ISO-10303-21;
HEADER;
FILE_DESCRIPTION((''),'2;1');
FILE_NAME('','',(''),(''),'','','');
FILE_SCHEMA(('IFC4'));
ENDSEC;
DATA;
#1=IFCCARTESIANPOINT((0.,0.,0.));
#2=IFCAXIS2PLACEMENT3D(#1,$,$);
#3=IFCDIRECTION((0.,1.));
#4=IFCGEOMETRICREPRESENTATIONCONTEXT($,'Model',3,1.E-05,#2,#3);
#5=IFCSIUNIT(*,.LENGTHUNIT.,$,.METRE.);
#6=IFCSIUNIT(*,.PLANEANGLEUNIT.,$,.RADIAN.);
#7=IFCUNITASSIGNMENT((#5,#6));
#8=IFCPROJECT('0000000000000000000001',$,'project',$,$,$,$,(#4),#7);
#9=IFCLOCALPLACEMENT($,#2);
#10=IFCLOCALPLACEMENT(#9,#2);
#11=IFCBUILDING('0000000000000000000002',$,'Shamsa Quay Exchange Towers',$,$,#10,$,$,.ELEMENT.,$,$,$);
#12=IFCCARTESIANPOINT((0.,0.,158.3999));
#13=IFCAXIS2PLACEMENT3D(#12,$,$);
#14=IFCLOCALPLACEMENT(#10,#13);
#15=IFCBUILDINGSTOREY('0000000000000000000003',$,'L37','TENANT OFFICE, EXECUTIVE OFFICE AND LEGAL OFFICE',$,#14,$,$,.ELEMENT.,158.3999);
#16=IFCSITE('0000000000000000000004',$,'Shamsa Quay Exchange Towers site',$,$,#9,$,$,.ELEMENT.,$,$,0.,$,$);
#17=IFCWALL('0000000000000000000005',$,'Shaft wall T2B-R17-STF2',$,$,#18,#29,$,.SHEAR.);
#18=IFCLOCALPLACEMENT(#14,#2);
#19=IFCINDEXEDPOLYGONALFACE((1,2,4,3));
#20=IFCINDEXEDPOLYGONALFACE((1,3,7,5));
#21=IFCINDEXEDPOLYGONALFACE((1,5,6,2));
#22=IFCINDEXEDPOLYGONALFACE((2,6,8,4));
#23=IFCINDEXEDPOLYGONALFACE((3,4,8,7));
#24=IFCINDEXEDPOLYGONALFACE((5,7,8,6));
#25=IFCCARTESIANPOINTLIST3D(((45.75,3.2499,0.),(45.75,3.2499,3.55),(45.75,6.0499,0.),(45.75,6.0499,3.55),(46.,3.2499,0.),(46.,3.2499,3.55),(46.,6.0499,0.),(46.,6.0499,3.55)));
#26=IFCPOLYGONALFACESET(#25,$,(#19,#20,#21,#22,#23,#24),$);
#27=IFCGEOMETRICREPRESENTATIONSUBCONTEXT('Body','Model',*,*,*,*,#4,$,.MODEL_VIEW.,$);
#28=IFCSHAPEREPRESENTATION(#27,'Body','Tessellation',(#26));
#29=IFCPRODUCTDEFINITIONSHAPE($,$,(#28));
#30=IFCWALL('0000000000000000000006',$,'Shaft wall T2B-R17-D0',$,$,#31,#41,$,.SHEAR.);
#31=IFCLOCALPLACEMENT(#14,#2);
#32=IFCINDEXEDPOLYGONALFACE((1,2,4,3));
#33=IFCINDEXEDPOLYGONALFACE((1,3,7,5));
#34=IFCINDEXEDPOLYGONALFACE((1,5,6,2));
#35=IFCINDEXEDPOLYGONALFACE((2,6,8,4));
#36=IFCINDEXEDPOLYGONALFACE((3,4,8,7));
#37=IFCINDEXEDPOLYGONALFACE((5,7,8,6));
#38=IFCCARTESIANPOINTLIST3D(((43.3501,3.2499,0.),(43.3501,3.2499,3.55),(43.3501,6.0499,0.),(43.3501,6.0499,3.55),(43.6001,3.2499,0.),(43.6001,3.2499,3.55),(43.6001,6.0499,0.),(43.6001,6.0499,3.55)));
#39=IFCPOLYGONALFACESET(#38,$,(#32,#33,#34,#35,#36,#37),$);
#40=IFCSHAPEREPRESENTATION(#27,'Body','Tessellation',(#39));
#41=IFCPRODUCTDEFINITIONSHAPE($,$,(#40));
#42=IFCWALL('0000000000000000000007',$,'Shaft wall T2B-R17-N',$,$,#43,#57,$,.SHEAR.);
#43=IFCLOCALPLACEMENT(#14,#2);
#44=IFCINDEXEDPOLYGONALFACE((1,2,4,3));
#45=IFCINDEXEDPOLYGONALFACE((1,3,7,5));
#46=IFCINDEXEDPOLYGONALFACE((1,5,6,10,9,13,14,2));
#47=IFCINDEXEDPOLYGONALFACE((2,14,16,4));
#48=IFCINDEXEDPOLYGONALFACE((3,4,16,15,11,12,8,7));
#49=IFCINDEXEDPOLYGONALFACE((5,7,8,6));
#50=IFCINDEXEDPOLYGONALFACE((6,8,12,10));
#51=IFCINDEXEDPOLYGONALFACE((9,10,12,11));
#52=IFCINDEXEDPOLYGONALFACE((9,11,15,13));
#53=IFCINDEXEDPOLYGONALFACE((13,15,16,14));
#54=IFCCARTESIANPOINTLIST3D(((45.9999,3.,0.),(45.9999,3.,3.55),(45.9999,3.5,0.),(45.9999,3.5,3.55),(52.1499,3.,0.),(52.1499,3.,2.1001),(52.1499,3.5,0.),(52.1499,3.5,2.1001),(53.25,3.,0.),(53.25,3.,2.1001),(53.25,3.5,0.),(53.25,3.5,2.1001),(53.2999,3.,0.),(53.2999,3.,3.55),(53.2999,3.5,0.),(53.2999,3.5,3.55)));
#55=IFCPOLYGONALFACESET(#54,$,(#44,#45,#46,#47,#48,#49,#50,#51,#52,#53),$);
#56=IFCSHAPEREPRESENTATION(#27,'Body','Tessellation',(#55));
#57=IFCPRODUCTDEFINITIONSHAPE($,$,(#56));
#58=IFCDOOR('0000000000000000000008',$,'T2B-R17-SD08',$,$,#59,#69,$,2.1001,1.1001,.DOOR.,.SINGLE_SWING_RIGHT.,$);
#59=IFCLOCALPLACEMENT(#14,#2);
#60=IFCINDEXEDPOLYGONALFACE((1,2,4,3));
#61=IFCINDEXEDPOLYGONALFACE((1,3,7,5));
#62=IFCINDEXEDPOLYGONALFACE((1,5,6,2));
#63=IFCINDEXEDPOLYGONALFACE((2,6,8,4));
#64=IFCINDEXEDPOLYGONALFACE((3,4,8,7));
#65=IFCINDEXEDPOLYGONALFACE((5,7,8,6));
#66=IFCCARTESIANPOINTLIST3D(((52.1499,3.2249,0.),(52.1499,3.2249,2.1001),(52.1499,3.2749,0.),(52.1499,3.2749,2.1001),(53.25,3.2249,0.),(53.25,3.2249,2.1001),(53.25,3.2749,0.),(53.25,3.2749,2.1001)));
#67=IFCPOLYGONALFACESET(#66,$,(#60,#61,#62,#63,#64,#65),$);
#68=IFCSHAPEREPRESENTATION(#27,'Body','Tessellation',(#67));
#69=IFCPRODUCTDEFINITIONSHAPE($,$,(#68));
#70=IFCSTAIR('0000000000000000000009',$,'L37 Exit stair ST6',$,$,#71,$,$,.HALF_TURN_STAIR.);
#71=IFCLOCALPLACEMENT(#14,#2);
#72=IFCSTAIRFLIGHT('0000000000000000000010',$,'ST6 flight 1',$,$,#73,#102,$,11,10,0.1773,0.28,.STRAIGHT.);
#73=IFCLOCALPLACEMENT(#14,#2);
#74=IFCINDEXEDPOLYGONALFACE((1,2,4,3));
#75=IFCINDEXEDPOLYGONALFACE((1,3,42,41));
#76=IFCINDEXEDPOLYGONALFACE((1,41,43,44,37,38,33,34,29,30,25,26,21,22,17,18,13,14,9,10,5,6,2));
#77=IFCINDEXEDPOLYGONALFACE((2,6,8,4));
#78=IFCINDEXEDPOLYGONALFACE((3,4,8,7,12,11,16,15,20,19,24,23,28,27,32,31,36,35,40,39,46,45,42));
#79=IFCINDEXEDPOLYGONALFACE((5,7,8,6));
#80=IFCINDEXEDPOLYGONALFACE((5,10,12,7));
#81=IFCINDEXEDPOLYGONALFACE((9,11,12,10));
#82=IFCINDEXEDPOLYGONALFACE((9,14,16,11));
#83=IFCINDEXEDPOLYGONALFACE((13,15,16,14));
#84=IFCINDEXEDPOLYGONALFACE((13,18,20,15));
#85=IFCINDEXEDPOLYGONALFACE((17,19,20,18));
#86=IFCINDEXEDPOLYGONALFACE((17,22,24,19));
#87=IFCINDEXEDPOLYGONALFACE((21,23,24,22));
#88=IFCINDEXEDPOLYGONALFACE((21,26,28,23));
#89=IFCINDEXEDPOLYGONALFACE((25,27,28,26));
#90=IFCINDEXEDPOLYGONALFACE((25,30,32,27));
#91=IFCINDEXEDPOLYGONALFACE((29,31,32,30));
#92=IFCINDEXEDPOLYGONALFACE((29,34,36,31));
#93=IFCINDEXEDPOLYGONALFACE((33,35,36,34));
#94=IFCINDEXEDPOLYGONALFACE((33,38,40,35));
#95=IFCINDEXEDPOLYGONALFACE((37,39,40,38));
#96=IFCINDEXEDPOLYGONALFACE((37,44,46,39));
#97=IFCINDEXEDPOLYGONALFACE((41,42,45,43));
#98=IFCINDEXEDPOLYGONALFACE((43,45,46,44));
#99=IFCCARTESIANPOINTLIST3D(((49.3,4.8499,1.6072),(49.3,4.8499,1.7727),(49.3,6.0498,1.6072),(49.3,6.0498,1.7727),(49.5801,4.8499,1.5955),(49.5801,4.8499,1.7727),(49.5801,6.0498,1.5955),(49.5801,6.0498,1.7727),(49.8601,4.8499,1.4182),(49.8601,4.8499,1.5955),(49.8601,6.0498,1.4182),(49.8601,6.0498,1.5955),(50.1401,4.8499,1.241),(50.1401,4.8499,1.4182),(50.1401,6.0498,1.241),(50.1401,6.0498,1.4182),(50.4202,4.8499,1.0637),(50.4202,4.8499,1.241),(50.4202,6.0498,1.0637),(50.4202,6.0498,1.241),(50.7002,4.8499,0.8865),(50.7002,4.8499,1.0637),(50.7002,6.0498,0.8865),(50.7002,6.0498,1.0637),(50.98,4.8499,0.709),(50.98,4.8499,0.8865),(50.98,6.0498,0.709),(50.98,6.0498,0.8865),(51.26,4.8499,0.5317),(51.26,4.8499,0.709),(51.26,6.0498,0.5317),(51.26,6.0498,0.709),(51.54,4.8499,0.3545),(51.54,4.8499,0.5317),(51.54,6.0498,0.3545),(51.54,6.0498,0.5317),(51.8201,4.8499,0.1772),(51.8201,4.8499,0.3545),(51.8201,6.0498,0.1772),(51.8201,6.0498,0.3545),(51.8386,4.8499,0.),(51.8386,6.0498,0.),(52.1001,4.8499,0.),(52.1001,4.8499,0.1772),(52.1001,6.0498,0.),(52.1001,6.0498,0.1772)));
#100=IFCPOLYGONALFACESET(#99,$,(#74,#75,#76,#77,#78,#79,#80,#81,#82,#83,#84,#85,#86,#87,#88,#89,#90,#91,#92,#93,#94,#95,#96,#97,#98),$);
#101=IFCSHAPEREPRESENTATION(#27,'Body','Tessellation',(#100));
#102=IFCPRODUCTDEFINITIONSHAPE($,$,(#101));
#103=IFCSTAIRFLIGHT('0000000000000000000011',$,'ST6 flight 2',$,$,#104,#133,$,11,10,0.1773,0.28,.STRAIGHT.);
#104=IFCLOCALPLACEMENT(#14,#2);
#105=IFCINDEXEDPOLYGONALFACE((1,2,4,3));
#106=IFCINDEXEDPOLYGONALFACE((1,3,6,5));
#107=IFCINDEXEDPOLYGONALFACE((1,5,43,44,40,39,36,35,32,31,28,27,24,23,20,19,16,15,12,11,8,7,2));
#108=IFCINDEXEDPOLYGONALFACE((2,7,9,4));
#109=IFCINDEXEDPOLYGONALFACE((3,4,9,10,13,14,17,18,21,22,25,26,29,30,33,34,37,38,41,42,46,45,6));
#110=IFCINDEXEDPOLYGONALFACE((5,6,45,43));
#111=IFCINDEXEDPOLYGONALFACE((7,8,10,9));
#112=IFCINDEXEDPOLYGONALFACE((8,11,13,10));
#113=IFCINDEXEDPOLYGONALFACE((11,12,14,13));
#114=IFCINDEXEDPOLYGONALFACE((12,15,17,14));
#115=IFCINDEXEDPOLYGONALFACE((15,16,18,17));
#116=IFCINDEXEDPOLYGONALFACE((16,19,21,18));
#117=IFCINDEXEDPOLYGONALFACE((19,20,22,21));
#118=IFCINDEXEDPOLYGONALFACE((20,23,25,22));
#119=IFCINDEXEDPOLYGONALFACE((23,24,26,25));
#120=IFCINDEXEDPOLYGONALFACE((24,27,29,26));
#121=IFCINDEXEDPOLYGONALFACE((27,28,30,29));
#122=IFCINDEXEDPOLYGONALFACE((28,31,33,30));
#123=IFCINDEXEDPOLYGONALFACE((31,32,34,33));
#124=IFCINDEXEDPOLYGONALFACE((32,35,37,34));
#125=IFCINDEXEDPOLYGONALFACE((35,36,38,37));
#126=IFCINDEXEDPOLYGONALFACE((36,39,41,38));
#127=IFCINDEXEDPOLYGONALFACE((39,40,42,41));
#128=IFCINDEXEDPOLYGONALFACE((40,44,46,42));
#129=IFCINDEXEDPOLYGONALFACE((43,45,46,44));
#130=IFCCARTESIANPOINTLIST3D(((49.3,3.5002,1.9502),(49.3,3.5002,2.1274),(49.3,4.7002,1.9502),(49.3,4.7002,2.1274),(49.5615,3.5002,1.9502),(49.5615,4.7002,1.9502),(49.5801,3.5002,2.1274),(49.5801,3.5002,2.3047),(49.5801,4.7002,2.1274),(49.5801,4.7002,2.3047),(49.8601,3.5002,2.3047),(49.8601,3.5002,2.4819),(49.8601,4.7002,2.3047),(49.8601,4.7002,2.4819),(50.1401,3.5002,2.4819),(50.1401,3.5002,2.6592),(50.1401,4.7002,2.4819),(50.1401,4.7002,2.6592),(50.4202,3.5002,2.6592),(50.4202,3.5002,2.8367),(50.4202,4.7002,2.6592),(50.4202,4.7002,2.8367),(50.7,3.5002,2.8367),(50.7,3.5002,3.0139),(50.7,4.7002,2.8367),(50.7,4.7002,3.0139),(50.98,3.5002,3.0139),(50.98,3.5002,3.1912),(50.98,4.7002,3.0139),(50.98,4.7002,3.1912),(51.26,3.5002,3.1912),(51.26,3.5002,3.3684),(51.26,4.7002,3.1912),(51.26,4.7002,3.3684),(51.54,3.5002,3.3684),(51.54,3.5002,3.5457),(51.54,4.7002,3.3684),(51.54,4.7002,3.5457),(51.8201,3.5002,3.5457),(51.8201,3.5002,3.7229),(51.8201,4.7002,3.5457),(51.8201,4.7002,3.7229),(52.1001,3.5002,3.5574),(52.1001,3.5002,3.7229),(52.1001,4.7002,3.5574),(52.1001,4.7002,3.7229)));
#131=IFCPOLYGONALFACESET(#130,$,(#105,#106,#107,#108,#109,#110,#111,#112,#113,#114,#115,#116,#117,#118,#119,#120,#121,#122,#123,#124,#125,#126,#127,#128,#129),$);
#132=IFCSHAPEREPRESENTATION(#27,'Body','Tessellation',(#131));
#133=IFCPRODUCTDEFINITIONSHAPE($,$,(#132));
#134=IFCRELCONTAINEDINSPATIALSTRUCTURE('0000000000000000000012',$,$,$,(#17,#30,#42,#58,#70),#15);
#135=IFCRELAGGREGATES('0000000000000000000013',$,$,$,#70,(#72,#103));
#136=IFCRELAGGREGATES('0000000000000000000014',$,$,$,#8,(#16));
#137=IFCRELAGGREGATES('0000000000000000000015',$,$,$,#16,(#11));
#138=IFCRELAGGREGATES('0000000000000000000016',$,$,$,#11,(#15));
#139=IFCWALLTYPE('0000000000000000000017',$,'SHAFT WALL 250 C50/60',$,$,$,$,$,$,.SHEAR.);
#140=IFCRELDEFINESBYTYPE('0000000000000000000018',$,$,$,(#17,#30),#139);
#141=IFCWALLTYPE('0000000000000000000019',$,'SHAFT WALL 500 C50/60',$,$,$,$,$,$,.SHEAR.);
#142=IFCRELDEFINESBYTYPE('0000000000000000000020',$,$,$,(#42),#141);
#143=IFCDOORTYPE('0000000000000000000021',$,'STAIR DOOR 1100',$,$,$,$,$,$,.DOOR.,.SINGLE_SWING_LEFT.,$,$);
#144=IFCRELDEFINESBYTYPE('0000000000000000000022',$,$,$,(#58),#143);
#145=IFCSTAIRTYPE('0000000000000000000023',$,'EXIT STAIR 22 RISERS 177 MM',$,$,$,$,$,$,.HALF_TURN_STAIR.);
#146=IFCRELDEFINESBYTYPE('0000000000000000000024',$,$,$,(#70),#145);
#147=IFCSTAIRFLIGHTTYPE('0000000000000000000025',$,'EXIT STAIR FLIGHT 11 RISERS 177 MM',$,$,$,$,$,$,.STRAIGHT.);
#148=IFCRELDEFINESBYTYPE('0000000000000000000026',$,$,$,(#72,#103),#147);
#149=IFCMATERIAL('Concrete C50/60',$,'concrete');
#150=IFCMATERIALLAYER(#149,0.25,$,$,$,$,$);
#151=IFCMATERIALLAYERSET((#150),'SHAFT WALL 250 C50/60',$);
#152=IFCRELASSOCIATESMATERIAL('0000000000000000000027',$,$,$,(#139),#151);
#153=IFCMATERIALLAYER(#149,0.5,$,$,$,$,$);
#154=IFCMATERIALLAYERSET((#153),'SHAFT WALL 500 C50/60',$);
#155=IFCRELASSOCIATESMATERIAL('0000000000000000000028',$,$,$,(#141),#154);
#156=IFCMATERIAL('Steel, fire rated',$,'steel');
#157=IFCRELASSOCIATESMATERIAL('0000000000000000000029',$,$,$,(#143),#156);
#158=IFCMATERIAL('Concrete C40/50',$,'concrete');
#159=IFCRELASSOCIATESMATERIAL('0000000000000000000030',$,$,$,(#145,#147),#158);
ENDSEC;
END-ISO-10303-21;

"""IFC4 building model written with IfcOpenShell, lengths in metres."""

from ifc_helpers import new_model, si_unit, direction, frame, frame_2d, origin, place, context, subcontext, project, spatial, polyline, rectangle, outline, extrude, material, layer, layer_set, type_object, element, fill, aggregate, save


model = new_model("IFC4")

# Units and contexts
model_context = context("Model", 3, precision=1e-05, world=origin(), true_north=direction((0.0, 1.0)))
body_context = subcontext(model_context, "Body", "Model", "MODEL_VIEW")
ifc_project = project(units=[si_unit("LENGTHUNIT", "METRE"), si_unit("PLANEANGLEUNIT", "RADIAN")], contexts=[model_context])

# Site, building, storey
site_placement = place(None, origin())
site = spatial("IfcSite", under=ifc_project, at=site_placement, Name="Shamsa Quay Exchange Towers site", CompositionType="ELEMENT", RefElevation=0.0)
building_placement = place(site_placement, origin())
building = spatial("IfcBuilding", under=site, at=building_placement, Name="Shamsa Quay Exchange Towers", CompositionType="ELEMENT")
storey_placement = place(building_placement, frame((0.0, 0.0, 158.3999)))
storey = spatial("IfcBuildingStorey", under=building, at=storey_placement, Name="L37", Description="TENANT OFFICE, EXECUTIVE OFFICE AND LEGAL OFFICE", CompositionType="ELEMENT", Elevation=158.3999)

# Walls
ifc_material_1 = material(Name="Concrete C50/60", Category="concrete")
ifc_layer_1 = layer(ifc_material_1, 0.25)
ifc_layer_set_1 = layer_set([ifc_layer_1], Name="SHAFT WALL 250 C50/60")
wall_type_1 = type_object("IfcWallType", Name="SHAFT WALL 250 C50/60", PredefinedType="SHEAR", material=ifc_layer_set_1)
for number, where, z_axis, x_axis, name in (
    (1, (45.875, 3.25, 0.0), (0.0, 0.0, 1.0), (0.0, 1.0, 0.0), "Shaft wall T2B-R17-STF2"),
    (2, (43.4751, 3.25, 0.0), (0.0, 0.0, 1.0), (0.0, 1.0, 0.0), "Shaft wall T2B-R17-D0"),
):
    element("IfcWall", number, at=place(storey_placement, frame(where, z_axis=z_axis, x_axis=x_axis)), inside=storey, type_object=wall_type_1, Name=name, PredefinedType="SHEAR", context=body_context, shape_type="SweptSolid", body=[
        extrude(rectangle(XDim=2.8, YDim=0.25, at=frame_2d((1.3999, 0.0))), origin(), (0.0, 0.0, 1.0), 3.55),
    ])

# Wall, opening, door
ifc_layer_2 = layer(ifc_material_1, 0.5)
ifc_layer_set_2 = layer_set([ifc_layer_2], Name="SHAFT WALL 500 C50/60")
wall_type_2 = type_object("IfcWallType", Name="SHAFT WALL 500 C50/60", PredefinedType="SHEAR", material=ifc_layer_set_2)
wall_1_placement = place(storey_placement, frame((46.0, 3.25, 0.0)))
wall_1 = element("IfcWall", 3, at=wall_1_placement, inside=storey, type_object=wall_type_2, Name="Shaft wall T2B-R17-N", PredefinedType="SHEAR", context=body_context, shape_type="SweptSolid", body=[
    extrude(rectangle(XDim=7.3, YDim=0.5, at=frame_2d((3.6499, 0.0))), origin(), (0.0, 0.0, 1.0), 3.55),
])
opening_placement = place(wall_1_placement, frame((6.1499, 0.0, 0.0)))
opening = element("IfcOpeningElement", 4, at=opening_placement, cuts=wall_1, PredefinedType="OPENING", context=body_context, shape_type="SweptSolid", body=[
    extrude(rectangle(XDim=1.1001, YDim=2.1001, at=frame_2d((0.55, 1.05))), frame((0.0, 0.26, 0.0), z_axis=(0.0, -1.0, 0.0), x_axis=(1.0, 0.0, 0.0)), (0.0, 0.0, 1.0), 0.52),
])
ifc_material_2 = material(Name="Steel, fire rated", Category="steel")
door_type = type_object("IfcDoorType", Name="STAIR DOOR 1100", OperationType="SINGLE_SWING_LEFT", PredefinedType="DOOR", material=ifc_material_2)
door_placement = place(opening_placement, origin())
door = element("IfcDoor", 5, at=door_placement, inside=storey, type_object=door_type, Name="T2B-R17-SD08", OperationType="SINGLE_SWING_RIGHT", OverallHeight=2.1001, OverallWidth=1.1001, PredefinedType="DOOR", context=body_context, shape_type="SweptSolid", body=[
    extrude(rectangle(XDim=1.1001, YDim=2.1001, at=frame_2d((0.55, 1.05))), frame((0.0, 0.0249, 0.0), z_axis=(0.0, -1.0, 0.0), x_axis=(1.0, 0.0, 0.0)), (0.0, 0.0, 1.0), 0.05),
])
fill(opening, door)

# Stair, stair flights
ifc_material_3 = material(Name="Concrete C40/50", Category="concrete")
stair_type = type_object("IfcStairType", Name="EXIT STAIR 22 RISERS 177 MM", PredefinedType="HALF_TURN_STAIR", material=ifc_material_3)
stair_placement = place(storey_placement, origin())
stair = element("IfcStair", 6, at=stair_placement, inside=storey, type_object=stair_type, Name="L37 Exit stair ST6", PredefinedType="HALF_TURN_STAIR")
stair_flight_type = type_object("IfcStairFlightType", Name="EXIT STAIR FLIGHT 11 RISERS 177 MM", PredefinedType="STRAIGHT", material=ifc_material_3)
stair_flight_1_placement = place(storey_placement, frame((52.1001, 5.45, 0.0), z_axis=(0.0, 0.0, 1.0), x_axis=(-1.0, 0.0, 0.0)))
stair_flight_1 = element("IfcStairFlight", 7, at=stair_flight_1_placement, type_object=stair_flight_type, Name="ST6 flight 1", NumberOfRisers=11, NumberOfTreads=10, PredefinedType="STRAIGHT", RiserHeight=0.1773, TreadLength=0.28, context=body_context, shape_type="SweptSolid", body=[
    extrude(outline(polyline([(0.0, 0.0), (0.0, 0.1772), (0.28, 0.1772), (0.28, 0.3545), (0.5601, 0.3545), (0.5601, 0.5317), (0.8401, 0.5317), (0.8401, 0.709), (1.1201, 0.709), (1.1201, 0.8865), (1.3999, 0.8865), (1.3999, 1.0637), (1.6799, 1.0637), (1.6799, 1.241), (1.96, 1.241), (1.96, 1.4182), (2.24, 1.4182), (2.24, 1.5955), (2.52, 1.5955), (2.52, 1.7727), (2.8, 1.7727), (2.8, 1.95), (2.8, 1.6072), (0.2615, 0.0), (0.0, 0.0)])), frame((0.0, 0.6001, 0.0), z_axis=(0.0, -1.0, 0.0), x_axis=(1.0, 0.0, 0.0)), (0.0, 0.0, 1.0), 1.2),
])
stair_flight_2_placement = place(storey_placement, frame((49.3, 4.1001, 1.9502)))
stair_flight_2 = element("IfcStairFlight", 8, at=stair_flight_2_placement, type_object=stair_flight_type, Name="ST6 flight 2", NumberOfRisers=11, NumberOfTreads=10, PredefinedType="STRAIGHT", RiserHeight=0.1773, TreadLength=0.28, context=body_context, shape_type="SweptSolid", body=[
    extrude(outline(polyline([(0.0, 0.0), (0.0, 0.1772), (0.28, 0.1772), (0.28, 0.3545), (0.5601, 0.3545), (0.5601, 0.5317), (0.8401, 0.5317), (0.8401, 0.709), (1.1201, 0.709), (1.1201, 0.8865), (1.3999, 0.8865), (1.3999, 1.0637), (1.6799, 1.0637), (1.6799, 1.241), (1.96, 1.241), (1.96, 1.4182), (2.24, 1.4182), (2.24, 1.5955), (2.52, 1.5955), (2.52, 1.7727), (2.8, 1.7727), (2.8, 1.95), (2.8, 1.6072), (0.2615, 0.0), (0.0, 0.0)])), frame((0.0, 0.6001, 0.0), z_axis=(0.0, -1.0, 0.0), x_axis=(1.0, 0.0, 0.0)), (0.0, 0.0, 1.0), 1.2),
])
aggregate(stair, [stair_flight_1, stair_flight_2])

save(model, "model.ifc")
